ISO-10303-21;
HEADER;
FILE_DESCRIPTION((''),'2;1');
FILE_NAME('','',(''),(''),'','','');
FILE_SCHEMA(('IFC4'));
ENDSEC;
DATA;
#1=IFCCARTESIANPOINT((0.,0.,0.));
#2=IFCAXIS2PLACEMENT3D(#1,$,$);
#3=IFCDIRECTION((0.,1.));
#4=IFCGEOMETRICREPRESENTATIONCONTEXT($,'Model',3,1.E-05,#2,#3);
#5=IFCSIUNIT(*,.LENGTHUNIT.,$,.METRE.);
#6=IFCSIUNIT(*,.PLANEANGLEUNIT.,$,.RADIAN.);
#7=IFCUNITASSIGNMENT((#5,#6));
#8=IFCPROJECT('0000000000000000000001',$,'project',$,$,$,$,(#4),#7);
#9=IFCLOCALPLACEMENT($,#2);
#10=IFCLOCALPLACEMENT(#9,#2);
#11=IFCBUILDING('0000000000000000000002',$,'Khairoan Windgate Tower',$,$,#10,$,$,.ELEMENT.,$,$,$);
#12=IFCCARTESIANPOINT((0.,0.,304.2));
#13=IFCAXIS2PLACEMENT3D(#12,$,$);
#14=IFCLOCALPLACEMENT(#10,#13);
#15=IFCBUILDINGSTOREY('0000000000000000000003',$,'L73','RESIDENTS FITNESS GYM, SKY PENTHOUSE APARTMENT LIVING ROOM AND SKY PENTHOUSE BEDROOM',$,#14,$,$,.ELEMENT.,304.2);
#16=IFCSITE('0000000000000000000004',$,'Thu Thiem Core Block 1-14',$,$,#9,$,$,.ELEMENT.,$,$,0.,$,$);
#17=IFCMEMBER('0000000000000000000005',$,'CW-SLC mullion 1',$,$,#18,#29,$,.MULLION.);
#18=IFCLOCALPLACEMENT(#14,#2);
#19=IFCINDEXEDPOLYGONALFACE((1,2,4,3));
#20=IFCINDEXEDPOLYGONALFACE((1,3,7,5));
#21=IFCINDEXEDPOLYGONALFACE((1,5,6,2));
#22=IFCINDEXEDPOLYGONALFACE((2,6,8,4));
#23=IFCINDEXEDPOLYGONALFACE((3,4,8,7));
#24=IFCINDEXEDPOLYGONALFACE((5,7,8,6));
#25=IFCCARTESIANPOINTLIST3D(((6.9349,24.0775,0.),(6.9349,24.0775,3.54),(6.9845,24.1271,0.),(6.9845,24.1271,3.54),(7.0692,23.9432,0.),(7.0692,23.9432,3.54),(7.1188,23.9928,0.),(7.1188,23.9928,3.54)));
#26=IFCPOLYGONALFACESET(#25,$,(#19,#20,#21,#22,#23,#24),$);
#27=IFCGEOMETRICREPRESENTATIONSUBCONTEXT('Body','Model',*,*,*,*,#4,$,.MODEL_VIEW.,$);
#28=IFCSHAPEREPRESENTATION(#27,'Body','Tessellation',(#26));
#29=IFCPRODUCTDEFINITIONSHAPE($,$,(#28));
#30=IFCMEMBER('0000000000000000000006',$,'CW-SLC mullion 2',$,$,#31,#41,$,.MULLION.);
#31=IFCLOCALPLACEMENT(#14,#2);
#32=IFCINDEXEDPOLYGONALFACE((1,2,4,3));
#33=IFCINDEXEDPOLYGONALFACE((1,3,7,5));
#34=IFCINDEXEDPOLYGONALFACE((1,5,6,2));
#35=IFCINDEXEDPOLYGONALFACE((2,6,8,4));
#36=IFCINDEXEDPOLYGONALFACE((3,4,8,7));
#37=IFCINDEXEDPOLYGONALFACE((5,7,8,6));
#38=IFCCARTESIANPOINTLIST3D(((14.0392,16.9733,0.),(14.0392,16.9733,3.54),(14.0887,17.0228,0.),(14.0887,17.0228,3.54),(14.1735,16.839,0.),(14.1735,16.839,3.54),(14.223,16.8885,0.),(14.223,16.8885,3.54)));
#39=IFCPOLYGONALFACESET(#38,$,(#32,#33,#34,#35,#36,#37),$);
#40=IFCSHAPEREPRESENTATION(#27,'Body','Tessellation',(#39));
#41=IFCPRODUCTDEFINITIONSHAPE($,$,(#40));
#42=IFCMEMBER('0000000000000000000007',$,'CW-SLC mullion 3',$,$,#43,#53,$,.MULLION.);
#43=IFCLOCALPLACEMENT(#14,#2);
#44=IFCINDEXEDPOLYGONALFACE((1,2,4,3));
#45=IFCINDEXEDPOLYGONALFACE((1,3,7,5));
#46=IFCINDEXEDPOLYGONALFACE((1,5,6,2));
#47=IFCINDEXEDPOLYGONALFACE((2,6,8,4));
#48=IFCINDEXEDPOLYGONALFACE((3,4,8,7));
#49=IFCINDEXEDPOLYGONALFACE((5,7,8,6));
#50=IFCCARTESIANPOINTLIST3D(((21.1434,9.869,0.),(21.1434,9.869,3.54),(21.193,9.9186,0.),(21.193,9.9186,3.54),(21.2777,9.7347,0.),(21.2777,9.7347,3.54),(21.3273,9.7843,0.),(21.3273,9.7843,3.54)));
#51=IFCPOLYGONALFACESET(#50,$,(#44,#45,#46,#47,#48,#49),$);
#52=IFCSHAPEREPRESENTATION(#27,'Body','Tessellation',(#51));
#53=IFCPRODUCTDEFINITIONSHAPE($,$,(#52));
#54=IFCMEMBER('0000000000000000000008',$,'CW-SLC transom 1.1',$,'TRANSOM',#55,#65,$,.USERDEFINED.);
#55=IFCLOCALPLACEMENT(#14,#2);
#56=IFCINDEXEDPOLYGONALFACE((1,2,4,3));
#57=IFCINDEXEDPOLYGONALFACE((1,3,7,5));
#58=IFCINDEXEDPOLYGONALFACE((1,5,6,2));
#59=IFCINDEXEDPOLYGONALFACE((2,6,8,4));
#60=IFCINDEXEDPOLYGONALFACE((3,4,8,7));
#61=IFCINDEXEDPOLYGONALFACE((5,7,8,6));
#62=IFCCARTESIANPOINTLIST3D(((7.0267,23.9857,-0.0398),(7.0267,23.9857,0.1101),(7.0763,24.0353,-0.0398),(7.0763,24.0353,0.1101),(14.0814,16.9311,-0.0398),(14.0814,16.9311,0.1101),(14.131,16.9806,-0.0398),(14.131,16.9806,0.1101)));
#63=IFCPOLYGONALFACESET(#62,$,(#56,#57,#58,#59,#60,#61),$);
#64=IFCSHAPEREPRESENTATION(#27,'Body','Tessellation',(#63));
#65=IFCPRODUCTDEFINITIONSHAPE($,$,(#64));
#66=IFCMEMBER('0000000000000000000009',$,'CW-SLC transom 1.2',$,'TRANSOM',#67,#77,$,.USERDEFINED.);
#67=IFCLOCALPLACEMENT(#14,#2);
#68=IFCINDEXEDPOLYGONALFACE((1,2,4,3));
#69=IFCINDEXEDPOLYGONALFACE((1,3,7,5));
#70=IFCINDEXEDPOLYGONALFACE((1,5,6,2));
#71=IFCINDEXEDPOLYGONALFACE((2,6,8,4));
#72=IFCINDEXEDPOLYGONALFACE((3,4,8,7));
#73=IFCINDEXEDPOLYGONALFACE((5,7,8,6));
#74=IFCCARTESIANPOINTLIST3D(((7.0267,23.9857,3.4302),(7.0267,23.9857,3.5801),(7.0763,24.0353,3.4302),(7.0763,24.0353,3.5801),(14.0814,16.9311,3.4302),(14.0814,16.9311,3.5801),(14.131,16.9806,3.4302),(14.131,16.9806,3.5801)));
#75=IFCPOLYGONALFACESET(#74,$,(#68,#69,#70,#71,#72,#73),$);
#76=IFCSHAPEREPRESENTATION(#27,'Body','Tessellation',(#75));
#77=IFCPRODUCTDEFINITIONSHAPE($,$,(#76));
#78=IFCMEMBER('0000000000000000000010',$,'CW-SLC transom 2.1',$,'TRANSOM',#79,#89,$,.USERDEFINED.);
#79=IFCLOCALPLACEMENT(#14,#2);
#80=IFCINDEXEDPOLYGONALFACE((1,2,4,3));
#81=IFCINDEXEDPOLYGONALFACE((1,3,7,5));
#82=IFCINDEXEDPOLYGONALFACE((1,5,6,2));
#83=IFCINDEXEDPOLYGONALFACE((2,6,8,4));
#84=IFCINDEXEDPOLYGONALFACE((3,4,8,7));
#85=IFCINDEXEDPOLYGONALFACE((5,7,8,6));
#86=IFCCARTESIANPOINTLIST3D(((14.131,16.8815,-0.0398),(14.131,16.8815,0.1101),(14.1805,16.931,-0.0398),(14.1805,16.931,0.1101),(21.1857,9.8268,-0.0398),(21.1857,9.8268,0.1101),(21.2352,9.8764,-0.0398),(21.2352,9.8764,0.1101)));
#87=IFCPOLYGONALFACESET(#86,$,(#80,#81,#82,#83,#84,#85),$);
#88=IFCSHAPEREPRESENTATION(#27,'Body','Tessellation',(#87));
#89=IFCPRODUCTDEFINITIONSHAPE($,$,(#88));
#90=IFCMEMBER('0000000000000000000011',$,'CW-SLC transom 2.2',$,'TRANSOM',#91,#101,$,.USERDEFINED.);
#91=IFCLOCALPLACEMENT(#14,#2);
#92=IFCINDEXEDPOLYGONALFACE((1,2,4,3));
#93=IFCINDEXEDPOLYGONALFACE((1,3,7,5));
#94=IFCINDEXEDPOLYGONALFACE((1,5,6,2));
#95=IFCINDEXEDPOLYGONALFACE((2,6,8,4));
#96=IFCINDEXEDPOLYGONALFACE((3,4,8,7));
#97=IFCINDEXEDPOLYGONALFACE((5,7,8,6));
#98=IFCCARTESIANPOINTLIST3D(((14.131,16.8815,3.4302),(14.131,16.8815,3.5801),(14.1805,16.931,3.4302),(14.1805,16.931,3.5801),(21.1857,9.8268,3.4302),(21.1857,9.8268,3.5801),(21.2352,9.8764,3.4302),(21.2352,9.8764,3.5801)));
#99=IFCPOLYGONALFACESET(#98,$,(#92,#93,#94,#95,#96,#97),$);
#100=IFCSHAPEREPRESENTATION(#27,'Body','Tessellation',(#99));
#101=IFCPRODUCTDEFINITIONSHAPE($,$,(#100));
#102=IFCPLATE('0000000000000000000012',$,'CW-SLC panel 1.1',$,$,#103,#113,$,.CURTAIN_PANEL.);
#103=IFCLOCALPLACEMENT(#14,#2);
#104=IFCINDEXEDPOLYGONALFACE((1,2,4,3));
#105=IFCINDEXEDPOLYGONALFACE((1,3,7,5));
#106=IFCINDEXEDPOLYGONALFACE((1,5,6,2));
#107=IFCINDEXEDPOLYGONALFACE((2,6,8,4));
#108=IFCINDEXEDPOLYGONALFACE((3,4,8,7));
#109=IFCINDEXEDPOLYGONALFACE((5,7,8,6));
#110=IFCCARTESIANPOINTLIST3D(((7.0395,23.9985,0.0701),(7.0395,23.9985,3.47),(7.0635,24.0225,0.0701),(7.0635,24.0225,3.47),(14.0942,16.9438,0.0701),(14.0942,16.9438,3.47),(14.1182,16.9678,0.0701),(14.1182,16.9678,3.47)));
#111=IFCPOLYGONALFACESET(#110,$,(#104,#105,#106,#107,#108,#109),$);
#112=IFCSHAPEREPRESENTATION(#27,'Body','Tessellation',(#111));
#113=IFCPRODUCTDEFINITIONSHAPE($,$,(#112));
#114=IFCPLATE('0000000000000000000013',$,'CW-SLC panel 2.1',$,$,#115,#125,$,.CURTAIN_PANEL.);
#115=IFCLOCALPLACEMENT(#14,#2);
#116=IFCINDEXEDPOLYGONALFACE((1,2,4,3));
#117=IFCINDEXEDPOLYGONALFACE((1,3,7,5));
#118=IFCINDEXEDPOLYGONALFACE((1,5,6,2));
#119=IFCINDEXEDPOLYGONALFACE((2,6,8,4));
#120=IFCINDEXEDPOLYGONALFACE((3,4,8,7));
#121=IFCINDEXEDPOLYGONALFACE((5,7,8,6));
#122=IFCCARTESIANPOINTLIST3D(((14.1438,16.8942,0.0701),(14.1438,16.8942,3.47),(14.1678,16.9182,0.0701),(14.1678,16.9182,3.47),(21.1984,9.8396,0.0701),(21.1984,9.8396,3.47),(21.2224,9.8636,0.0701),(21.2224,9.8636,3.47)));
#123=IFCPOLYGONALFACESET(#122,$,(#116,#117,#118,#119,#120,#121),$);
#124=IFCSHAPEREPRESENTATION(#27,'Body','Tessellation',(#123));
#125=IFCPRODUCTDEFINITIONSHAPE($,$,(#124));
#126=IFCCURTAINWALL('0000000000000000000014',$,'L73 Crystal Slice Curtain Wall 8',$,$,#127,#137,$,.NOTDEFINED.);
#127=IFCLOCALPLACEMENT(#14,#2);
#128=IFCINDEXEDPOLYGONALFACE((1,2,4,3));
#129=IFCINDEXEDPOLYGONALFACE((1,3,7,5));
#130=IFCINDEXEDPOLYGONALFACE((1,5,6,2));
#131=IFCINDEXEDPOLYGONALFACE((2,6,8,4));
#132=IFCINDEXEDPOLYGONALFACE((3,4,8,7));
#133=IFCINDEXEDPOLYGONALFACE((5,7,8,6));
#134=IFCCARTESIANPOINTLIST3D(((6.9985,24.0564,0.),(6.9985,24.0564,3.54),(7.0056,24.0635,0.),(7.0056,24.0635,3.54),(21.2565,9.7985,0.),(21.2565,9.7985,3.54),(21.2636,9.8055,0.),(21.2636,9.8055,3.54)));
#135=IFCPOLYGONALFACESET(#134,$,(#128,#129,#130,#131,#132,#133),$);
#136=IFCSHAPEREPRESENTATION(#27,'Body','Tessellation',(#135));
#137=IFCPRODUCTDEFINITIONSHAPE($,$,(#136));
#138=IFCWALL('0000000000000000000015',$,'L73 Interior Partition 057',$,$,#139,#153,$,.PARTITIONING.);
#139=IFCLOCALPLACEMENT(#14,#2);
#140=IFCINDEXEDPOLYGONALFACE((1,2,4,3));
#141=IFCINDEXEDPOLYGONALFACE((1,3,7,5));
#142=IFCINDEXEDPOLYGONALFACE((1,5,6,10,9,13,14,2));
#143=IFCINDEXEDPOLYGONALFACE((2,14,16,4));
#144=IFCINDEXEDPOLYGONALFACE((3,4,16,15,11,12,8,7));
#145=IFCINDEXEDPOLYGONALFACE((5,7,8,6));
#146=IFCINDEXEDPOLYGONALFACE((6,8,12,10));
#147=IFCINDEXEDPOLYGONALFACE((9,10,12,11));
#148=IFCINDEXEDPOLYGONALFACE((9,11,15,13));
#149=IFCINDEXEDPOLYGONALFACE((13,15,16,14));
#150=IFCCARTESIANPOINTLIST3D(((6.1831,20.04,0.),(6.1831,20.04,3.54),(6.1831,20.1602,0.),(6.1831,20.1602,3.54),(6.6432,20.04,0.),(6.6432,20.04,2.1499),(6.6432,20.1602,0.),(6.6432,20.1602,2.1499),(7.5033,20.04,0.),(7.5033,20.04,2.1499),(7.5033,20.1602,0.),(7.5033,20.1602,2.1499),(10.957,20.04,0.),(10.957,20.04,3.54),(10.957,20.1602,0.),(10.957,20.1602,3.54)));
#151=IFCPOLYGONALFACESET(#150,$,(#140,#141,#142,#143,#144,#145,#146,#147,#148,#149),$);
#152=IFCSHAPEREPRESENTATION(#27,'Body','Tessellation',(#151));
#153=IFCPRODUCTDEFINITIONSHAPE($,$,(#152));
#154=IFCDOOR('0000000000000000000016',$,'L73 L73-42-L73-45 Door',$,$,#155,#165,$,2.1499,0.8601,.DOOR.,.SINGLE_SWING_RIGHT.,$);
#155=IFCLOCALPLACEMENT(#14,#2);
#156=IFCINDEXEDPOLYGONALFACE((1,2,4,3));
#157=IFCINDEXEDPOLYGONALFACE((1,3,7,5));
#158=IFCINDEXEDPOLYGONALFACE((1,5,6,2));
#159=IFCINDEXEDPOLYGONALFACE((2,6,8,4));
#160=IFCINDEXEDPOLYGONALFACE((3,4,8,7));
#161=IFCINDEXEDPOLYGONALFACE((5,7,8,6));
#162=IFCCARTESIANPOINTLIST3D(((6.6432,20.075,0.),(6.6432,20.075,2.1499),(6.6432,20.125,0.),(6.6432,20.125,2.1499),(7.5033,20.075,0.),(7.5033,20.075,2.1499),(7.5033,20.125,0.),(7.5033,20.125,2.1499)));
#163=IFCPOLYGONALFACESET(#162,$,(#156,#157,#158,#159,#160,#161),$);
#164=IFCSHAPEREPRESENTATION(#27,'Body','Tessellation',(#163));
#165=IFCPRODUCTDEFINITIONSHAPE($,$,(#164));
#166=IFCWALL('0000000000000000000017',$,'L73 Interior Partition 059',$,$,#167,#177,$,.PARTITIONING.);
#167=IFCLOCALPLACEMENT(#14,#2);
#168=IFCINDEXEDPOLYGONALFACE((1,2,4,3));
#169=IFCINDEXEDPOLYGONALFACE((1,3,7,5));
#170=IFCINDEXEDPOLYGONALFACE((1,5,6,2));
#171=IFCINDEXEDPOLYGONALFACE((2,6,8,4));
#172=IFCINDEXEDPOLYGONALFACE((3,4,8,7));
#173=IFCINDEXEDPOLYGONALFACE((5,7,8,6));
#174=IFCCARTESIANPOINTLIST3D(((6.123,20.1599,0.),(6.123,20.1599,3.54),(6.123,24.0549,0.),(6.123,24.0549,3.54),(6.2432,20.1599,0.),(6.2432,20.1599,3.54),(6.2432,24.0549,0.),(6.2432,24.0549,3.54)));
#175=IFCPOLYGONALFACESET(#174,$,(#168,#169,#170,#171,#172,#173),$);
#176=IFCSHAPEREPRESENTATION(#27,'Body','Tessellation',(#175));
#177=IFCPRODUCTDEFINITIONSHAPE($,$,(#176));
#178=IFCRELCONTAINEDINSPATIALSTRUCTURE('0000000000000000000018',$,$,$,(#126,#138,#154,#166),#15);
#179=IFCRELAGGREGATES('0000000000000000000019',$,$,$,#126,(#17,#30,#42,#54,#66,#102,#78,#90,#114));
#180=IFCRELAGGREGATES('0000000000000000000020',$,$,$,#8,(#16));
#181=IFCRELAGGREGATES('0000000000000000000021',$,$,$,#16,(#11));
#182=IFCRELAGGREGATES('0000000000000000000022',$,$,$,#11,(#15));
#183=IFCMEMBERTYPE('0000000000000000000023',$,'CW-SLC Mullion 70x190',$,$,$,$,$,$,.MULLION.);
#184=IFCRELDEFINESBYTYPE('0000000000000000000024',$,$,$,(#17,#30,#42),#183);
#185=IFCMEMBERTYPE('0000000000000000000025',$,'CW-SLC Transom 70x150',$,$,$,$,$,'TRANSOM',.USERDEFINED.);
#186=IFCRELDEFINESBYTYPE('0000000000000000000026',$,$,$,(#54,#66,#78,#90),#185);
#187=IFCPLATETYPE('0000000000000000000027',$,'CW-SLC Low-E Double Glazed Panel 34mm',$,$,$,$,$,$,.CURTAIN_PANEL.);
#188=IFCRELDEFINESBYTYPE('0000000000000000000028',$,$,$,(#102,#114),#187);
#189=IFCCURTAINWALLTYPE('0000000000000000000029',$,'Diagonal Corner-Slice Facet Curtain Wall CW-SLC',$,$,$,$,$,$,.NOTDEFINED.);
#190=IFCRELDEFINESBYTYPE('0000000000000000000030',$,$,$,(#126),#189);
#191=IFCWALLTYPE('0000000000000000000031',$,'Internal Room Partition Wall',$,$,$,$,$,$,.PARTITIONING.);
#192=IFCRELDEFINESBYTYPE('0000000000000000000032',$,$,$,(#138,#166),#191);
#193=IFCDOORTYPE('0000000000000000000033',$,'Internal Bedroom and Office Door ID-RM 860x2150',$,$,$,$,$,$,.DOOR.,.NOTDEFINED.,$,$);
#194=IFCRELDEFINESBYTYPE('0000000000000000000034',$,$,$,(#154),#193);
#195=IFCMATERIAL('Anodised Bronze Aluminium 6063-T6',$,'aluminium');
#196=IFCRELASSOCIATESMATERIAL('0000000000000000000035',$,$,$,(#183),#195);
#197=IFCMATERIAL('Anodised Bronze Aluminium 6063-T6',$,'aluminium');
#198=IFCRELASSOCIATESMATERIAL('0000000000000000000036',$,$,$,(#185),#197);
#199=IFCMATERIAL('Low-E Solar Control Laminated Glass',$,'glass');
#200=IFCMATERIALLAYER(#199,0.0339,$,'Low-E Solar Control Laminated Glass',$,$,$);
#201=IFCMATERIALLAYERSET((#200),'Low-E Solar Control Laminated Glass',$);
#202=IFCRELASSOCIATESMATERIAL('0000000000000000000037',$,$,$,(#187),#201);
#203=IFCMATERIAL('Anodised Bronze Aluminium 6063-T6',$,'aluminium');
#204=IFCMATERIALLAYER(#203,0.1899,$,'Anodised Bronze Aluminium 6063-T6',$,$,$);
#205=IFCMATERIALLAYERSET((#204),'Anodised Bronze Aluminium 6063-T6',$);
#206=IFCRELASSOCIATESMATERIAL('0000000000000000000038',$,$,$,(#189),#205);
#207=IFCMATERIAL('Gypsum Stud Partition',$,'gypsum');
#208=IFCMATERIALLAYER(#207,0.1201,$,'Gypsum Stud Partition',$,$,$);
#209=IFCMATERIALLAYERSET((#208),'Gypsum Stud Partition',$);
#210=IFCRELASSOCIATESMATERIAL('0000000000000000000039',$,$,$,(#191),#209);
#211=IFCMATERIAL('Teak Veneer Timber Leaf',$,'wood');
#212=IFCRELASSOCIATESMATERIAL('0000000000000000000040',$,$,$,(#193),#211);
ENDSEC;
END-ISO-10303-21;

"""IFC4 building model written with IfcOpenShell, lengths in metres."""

from ifc_helpers import new_model, si_unit, direction, frame, frame_2d, origin, origin_2d, place, context, subcontext, project, spatial, rectangle, extrude, material, layer, layer_set, material_profile, profile_set, type_object, element, fill, aggregate, save


model = new_model("IFC4")

# Units and contexts
model_context = context("Model", 3, precision=1e-05, world=origin(), true_north=direction((0.0, 1.0)))
body_context = subcontext(model_context, "Body", "Model", "MODEL_VIEW")
ifc_project = project(units=[si_unit("LENGTHUNIT", "METRE"), si_unit("PLANEANGLEUNIT", "RADIAN")], contexts=[model_context])

# Site, building, storey
site_placement = place(None, origin())
site = spatial("IfcSite", under=ifc_project, at=site_placement, Name="Thu Thiem Core Block 1-14", CompositionType="ELEMENT", RefElevation=0.0)
building_placement = place(site_placement, origin())
building = spatial("IfcBuilding", under=site, at=building_placement, Name="Khairoan Windgate Tower", CompositionType="ELEMENT")
storey_placement = place(building_placement, frame((0.0, 0.0, 304.2)))
storey = spatial("IfcBuildingStorey", under=building, at=storey_placement, Name="L73", Description="RESIDENTS FITNESS GYM, SKY PENTHOUSE APARTMENT LIVING ROOM AND SKY PENTHOUSE BEDROOM", CompositionType="ELEMENT", Elevation=304.2)

# Members
ifc_material_1 = material(Name="Anodised Bronze Aluminium 6063-T6", Category="aluminium")
ifc_material_profile_1 = material_profile(ifc_material_1, rectangle(XDim=0.0701, YDim=0.1899, at=origin_2d()))
ifc_profile_set_1 = profile_set([ifc_material_profile_1], Name="Anodised Bronze Aluminium 6063-T6")
member_type_1 = type_object("IfcMemberType", Name="CW-SLC Mullion 70x190", PredefinedType="MULLION", material=ifc_profile_set_1)
member_1_placement = place(storey_placement, frame((7.0269, 24.0352, 0.0), z_axis=(0.0, 0.0, 1.0), x_axis=(0.707107, 0.707107, 0.0)))
member_1 = element("IfcMember", 1, at=member_1_placement, type_object=member_type_1, Name="CW-SLC mullion 1", PredefinedType="MULLION", context=body_context, shape_type="SweptSolid", body=[
    extrude(rectangle(XDim=0.0701, YDim=0.1899, at=origin_2d()), origin(), (0.0, 0.0, 1.0), 3.54),
])
member_2_placement = place(storey_placement, frame((14.1311, 16.9309, 0.0), z_axis=(0.0, 0.0, 1.0), x_axis=(0.707107, 0.707107, 0.0)))
member_2 = element("IfcMember", 2, at=member_2_placement, type_object=member_type_1, Name="CW-SLC mullion 2", PredefinedType="MULLION", context=body_context, shape_type="SweptSolid", body=[
    extrude(rectangle(XDim=0.0701, YDim=0.1899, at=origin_2d()), origin(), (0.0, 0.0, 1.0), 3.54),
])
member_3_placement = place(storey_placement, frame((21.2354, 9.8267, 0.0), z_axis=(0.0, 0.0, 1.0), x_axis=(0.707107, 0.707107, 0.0)))
member_3 = element("IfcMember", 3, at=member_3_placement, type_object=member_type_1, Name="CW-SLC mullion 3", PredefinedType="MULLION", context=body_context, shape_type="SweptSolid", body=[
    extrude(rectangle(XDim=0.0701, YDim=0.1899, at=origin_2d()), origin(), (0.0, 0.0, 1.0), 3.54),
])
ifc_material_2 = material(Name="Anodised Bronze Aluminium 6063-T6", Category="aluminium")
ifc_material_profile_2 = material_profile(ifc_material_2, rectangle(XDim=0.0701, YDim=0.1499, at=origin_2d()))
ifc_profile_set_2 = profile_set([ifc_material_profile_2], Name="Anodised Bronze Aluminium 6063-T6")
member_type_2 = type_object("IfcMemberType", Name="CW-SLC Transom 70x150", ElementType="TRANSOM", PredefinedType="USERDEFINED", material=ifc_profile_set_2)
member_4_placement = place(storey_placement, frame((7.0515, 24.0105, 0.0352), z_axis=(0.707107, -0.707107, 0.0), x_axis=(0.707107, 0.707107, 0.0)))
member_4 = element("IfcMember", 4, at=member_4_placement, type_object=member_type_2, Name="CW-SLC transom 1.1", ObjectType="TRANSOM", PredefinedType="USERDEFINED", context=body_context, shape_type="SweptSolid", body=[
    extrude(rectangle(XDim=0.0701, YDim=0.1499, at=origin_2d()), origin(), (0.0, 0.0, 1.0), 9.9768),
])
member_5_placement = place(storey_placement, frame((7.0515, 24.0105, 3.5051), z_axis=(0.707107, -0.707107, 0.0), x_axis=(0.707107, 0.707107, 0.0)))
member_5 = element("IfcMember", 5, at=member_5_placement, type_object=member_type_2, Name="CW-SLC transom 1.2", ObjectType="TRANSOM", PredefinedType="USERDEFINED", context=body_context, shape_type="SweptSolid", body=[
    extrude(rectangle(XDim=0.0701, YDim=0.1499, at=origin_2d()), origin(), (0.0, 0.0, 1.0), 9.9768),
])
member_6_placement = place(storey_placement, frame((14.1558, 16.9062, 0.0352), z_axis=(0.707107, -0.707107, 0.0), x_axis=(0.707107, 0.707107, 0.0)))
member_6 = element("IfcMember", 6, at=member_6_placement, type_object=member_type_2, Name="CW-SLC transom 2.1", ObjectType="TRANSOM", PredefinedType="USERDEFINED", context=body_context, shape_type="SweptSolid", body=[
    extrude(rectangle(XDim=0.0701, YDim=0.1499, at=origin_2d()), origin(), (0.0, 0.0, 1.0), 9.9768),
])
member_7_placement = place(storey_placement, frame((14.1558, 16.9062, 3.5051), z_axis=(0.707107, -0.707107, 0.0), x_axis=(0.707107, 0.707107, 0.0)))
member_7 = element("IfcMember", 7, at=member_7_placement, type_object=member_type_2, Name="CW-SLC transom 2.2", ObjectType="TRANSOM", PredefinedType="USERDEFINED", context=body_context, shape_type="SweptSolid", body=[
    extrude(rectangle(XDim=0.0701, YDim=0.1499, at=origin_2d()), origin(), (0.0, 0.0, 1.0), 9.9768),
])

# Plates
ifc_material_3 = material(Name="Low-E Solar Control Laminated Glass", Category="glass")
ifc_layer_1 = layer(ifc_material_3, 0.0339, Name="Low-E Solar Control Laminated Glass")
ifc_layer_set_1 = layer_set([ifc_layer_1], Name="Low-E Solar Control Laminated Glass")
plate_type_1 = type_object("IfcPlateType", Name="CW-SLC Low-E Double Glazed Panel 34mm", PredefinedType="CURTAIN_PANEL", material=ifc_layer_set_1)
plate_1_placement = place(storey_placement, frame((10.5789, 20.4832, 0.0701), z_axis=(0.0, 0.0, 1.0), x_axis=(0.707107, -0.707107, 0.0)))
plate_1 = element("IfcPlate", 8, at=plate_1_placement, type_object=plate_type_1, Name="CW-SLC panel 1.1", PredefinedType="CURTAIN_PANEL", context=body_context, shape_type="SweptSolid", body=[
    extrude(rectangle(XDim=9.9768, YDim=0.0339, at=origin_2d()), origin(), (0.0, 0.0, 1.0), 3.3999),
])
plate_2_placement = place(storey_placement, frame((17.6831, 13.3789, 0.0701), z_axis=(0.0, 0.0, 1.0), x_axis=(0.707107, -0.707107, 0.0)))
plate_2 = element("IfcPlate", 9, at=plate_2_placement, type_object=plate_type_1, Name="CW-SLC panel 2.1", PredefinedType="CURTAIN_PANEL", context=body_context, shape_type="SweptSolid", body=[
    extrude(rectangle(XDim=9.9768, YDim=0.0339, at=origin_2d()), origin(), (0.0, 0.0, 1.0), 3.3999),
])

# Curtain wall
ifc_material_4 = material(Name="Anodised Bronze Aluminium 6063-T6", Category="aluminium")
ifc_layer_2 = layer(ifc_material_4, 0.1899, Name="Anodised Bronze Aluminium 6063-T6")
ifc_layer_set_2 = layer_set([ifc_layer_2], Name="Anodised Bronze Aluminium 6063-T6")
curtain_wall_type_1 = type_object("IfcCurtainWallType", Name="Diagonal Corner-Slice Facet Curtain Wall CW-SLC", PredefinedType="NOTDEFINED", material=ifc_layer_set_2)
curtain_wall_1_placement = place(storey_placement, frame((7.002, 24.0601, 0.0), z_axis=(0.0, 0.0, 1.0), x_axis=(0.707107, -0.707107, 0.0)))
curtain_wall_1 = element("IfcCurtainWall", 10, at=curtain_wall_1_placement, inside=storey, type_object=curtain_wall_type_1, Name="L73 Crystal Slice Curtain Wall 8", PredefinedType="NOTDEFINED", context=body_context, shape_type="SweptSolid", body=[
    extrude(rectangle(XDim=20.1638, YDim=0.01, at=frame_2d((10.082, 0.0))), origin(), (0.0, 0.0, 1.0), 3.54),
])
aggregate(curtain_wall_1, [member_1, member_2, member_3, member_4, member_5, plate_1, member_6, member_7, plate_2])

# Wall, opening, door
ifc_material_5 = material(Name="Gypsum Stud Partition", Category="gypsum")
ifc_layer_3 = layer(ifc_material_5, 0.1201, Name="Gypsum Stud Partition")
ifc_layer_set_3 = layer_set([ifc_layer_3], Name="Gypsum Stud Partition")
wall_type_1 = type_object("IfcWallType", Name="Internal Room Partition Wall", PredefinedType="PARTITIONING", material=ifc_layer_set_3)
wall_1_placement = place(storey_placement, frame((6.1831, 20.1001, 0.0), z_axis=(0.0, 0.0, 1.0), x_axis=(1.0, 0.0, 0.0)))
wall_1 = element("IfcWall", 11, at=wall_1_placement, inside=storey, type_object=wall_type_1, Name="L73 Interior Partition 057", PredefinedType="PARTITIONING", context=body_context, shape_type="SweptSolid", body=[
    extrude(rectangle(XDim=4.7739, YDim=0.1201, at=frame_2d((2.387, 0.0))), origin(), (0.0, 0.0, 1.0), 3.54),
])
opening_1_placement = place(wall_1_placement, frame((0.46, 0.0, 0.0)))
opening_1 = element("IfcOpeningElement", 12, at=opening_1_placement, cuts=wall_1, PredefinedType="OPENING", context=body_context, shape_type="SweptSolid", body=[
    extrude(rectangle(XDim=0.8601, YDim=2.1499, at=frame_2d((0.4302, 1.075))), frame((0.0, 0.0701, 0.0), z_axis=(0.0, -1.0, 0.0), x_axis=(1.0, 0.0, 0.0)), (0.0, 0.0, 1.0), 0.1401),
])
ifc_material_6 = material(Name="Teak Veneer Timber Leaf", Category="wood")
door_type_1 = type_object("IfcDoorType", Name="Internal Bedroom and Office Door ID-RM 860x2150", OperationType="NOTDEFINED", PredefinedType="DOOR", material=ifc_material_6)
door_1_placement = place(opening_1_placement, origin())
door_1 = element("IfcDoor", 13, at=door_1_placement, inside=storey, type_object=door_type_1, Name="L73 L73-42-L73-45 Door", OperationType="SINGLE_SWING_RIGHT", OverallHeight=2.1499, OverallWidth=0.8601, PredefinedType="DOOR", context=body_context, shape_type="SweptSolid", body=[
    extrude(rectangle(XDim=0.8601, YDim=2.1499, at=frame_2d((0.4302, 1.075))), frame((0.0, 0.0249, 0.0), z_axis=(0.0, -1.0, 0.0), x_axis=(1.0, 0.0, 0.0)), (0.0, 0.0, 1.0), 0.05),
])
fill(opening_1, door_1)

# Wall
wall_2_placement = place(storey_placement, frame((6.1831, 20.1599, 0.0), z_axis=(0.0, 0.0, 1.0), x_axis=(0.0, 1.0, 0.0)))
element("IfcWall", 14, at=wall_2_placement, inside=storey, type_object=wall_type_1, Name="L73 Interior Partition 059", PredefinedType="PARTITIONING", context=body_context, shape_type="SweptSolid", body=[
    extrude(rectangle(XDim=3.895, YDim=0.1201, at=frame_2d((1.9475, 0.0))), origin(), (0.0, 0.0, 1.0), 3.54),
])

save(model, "model.ifc")
